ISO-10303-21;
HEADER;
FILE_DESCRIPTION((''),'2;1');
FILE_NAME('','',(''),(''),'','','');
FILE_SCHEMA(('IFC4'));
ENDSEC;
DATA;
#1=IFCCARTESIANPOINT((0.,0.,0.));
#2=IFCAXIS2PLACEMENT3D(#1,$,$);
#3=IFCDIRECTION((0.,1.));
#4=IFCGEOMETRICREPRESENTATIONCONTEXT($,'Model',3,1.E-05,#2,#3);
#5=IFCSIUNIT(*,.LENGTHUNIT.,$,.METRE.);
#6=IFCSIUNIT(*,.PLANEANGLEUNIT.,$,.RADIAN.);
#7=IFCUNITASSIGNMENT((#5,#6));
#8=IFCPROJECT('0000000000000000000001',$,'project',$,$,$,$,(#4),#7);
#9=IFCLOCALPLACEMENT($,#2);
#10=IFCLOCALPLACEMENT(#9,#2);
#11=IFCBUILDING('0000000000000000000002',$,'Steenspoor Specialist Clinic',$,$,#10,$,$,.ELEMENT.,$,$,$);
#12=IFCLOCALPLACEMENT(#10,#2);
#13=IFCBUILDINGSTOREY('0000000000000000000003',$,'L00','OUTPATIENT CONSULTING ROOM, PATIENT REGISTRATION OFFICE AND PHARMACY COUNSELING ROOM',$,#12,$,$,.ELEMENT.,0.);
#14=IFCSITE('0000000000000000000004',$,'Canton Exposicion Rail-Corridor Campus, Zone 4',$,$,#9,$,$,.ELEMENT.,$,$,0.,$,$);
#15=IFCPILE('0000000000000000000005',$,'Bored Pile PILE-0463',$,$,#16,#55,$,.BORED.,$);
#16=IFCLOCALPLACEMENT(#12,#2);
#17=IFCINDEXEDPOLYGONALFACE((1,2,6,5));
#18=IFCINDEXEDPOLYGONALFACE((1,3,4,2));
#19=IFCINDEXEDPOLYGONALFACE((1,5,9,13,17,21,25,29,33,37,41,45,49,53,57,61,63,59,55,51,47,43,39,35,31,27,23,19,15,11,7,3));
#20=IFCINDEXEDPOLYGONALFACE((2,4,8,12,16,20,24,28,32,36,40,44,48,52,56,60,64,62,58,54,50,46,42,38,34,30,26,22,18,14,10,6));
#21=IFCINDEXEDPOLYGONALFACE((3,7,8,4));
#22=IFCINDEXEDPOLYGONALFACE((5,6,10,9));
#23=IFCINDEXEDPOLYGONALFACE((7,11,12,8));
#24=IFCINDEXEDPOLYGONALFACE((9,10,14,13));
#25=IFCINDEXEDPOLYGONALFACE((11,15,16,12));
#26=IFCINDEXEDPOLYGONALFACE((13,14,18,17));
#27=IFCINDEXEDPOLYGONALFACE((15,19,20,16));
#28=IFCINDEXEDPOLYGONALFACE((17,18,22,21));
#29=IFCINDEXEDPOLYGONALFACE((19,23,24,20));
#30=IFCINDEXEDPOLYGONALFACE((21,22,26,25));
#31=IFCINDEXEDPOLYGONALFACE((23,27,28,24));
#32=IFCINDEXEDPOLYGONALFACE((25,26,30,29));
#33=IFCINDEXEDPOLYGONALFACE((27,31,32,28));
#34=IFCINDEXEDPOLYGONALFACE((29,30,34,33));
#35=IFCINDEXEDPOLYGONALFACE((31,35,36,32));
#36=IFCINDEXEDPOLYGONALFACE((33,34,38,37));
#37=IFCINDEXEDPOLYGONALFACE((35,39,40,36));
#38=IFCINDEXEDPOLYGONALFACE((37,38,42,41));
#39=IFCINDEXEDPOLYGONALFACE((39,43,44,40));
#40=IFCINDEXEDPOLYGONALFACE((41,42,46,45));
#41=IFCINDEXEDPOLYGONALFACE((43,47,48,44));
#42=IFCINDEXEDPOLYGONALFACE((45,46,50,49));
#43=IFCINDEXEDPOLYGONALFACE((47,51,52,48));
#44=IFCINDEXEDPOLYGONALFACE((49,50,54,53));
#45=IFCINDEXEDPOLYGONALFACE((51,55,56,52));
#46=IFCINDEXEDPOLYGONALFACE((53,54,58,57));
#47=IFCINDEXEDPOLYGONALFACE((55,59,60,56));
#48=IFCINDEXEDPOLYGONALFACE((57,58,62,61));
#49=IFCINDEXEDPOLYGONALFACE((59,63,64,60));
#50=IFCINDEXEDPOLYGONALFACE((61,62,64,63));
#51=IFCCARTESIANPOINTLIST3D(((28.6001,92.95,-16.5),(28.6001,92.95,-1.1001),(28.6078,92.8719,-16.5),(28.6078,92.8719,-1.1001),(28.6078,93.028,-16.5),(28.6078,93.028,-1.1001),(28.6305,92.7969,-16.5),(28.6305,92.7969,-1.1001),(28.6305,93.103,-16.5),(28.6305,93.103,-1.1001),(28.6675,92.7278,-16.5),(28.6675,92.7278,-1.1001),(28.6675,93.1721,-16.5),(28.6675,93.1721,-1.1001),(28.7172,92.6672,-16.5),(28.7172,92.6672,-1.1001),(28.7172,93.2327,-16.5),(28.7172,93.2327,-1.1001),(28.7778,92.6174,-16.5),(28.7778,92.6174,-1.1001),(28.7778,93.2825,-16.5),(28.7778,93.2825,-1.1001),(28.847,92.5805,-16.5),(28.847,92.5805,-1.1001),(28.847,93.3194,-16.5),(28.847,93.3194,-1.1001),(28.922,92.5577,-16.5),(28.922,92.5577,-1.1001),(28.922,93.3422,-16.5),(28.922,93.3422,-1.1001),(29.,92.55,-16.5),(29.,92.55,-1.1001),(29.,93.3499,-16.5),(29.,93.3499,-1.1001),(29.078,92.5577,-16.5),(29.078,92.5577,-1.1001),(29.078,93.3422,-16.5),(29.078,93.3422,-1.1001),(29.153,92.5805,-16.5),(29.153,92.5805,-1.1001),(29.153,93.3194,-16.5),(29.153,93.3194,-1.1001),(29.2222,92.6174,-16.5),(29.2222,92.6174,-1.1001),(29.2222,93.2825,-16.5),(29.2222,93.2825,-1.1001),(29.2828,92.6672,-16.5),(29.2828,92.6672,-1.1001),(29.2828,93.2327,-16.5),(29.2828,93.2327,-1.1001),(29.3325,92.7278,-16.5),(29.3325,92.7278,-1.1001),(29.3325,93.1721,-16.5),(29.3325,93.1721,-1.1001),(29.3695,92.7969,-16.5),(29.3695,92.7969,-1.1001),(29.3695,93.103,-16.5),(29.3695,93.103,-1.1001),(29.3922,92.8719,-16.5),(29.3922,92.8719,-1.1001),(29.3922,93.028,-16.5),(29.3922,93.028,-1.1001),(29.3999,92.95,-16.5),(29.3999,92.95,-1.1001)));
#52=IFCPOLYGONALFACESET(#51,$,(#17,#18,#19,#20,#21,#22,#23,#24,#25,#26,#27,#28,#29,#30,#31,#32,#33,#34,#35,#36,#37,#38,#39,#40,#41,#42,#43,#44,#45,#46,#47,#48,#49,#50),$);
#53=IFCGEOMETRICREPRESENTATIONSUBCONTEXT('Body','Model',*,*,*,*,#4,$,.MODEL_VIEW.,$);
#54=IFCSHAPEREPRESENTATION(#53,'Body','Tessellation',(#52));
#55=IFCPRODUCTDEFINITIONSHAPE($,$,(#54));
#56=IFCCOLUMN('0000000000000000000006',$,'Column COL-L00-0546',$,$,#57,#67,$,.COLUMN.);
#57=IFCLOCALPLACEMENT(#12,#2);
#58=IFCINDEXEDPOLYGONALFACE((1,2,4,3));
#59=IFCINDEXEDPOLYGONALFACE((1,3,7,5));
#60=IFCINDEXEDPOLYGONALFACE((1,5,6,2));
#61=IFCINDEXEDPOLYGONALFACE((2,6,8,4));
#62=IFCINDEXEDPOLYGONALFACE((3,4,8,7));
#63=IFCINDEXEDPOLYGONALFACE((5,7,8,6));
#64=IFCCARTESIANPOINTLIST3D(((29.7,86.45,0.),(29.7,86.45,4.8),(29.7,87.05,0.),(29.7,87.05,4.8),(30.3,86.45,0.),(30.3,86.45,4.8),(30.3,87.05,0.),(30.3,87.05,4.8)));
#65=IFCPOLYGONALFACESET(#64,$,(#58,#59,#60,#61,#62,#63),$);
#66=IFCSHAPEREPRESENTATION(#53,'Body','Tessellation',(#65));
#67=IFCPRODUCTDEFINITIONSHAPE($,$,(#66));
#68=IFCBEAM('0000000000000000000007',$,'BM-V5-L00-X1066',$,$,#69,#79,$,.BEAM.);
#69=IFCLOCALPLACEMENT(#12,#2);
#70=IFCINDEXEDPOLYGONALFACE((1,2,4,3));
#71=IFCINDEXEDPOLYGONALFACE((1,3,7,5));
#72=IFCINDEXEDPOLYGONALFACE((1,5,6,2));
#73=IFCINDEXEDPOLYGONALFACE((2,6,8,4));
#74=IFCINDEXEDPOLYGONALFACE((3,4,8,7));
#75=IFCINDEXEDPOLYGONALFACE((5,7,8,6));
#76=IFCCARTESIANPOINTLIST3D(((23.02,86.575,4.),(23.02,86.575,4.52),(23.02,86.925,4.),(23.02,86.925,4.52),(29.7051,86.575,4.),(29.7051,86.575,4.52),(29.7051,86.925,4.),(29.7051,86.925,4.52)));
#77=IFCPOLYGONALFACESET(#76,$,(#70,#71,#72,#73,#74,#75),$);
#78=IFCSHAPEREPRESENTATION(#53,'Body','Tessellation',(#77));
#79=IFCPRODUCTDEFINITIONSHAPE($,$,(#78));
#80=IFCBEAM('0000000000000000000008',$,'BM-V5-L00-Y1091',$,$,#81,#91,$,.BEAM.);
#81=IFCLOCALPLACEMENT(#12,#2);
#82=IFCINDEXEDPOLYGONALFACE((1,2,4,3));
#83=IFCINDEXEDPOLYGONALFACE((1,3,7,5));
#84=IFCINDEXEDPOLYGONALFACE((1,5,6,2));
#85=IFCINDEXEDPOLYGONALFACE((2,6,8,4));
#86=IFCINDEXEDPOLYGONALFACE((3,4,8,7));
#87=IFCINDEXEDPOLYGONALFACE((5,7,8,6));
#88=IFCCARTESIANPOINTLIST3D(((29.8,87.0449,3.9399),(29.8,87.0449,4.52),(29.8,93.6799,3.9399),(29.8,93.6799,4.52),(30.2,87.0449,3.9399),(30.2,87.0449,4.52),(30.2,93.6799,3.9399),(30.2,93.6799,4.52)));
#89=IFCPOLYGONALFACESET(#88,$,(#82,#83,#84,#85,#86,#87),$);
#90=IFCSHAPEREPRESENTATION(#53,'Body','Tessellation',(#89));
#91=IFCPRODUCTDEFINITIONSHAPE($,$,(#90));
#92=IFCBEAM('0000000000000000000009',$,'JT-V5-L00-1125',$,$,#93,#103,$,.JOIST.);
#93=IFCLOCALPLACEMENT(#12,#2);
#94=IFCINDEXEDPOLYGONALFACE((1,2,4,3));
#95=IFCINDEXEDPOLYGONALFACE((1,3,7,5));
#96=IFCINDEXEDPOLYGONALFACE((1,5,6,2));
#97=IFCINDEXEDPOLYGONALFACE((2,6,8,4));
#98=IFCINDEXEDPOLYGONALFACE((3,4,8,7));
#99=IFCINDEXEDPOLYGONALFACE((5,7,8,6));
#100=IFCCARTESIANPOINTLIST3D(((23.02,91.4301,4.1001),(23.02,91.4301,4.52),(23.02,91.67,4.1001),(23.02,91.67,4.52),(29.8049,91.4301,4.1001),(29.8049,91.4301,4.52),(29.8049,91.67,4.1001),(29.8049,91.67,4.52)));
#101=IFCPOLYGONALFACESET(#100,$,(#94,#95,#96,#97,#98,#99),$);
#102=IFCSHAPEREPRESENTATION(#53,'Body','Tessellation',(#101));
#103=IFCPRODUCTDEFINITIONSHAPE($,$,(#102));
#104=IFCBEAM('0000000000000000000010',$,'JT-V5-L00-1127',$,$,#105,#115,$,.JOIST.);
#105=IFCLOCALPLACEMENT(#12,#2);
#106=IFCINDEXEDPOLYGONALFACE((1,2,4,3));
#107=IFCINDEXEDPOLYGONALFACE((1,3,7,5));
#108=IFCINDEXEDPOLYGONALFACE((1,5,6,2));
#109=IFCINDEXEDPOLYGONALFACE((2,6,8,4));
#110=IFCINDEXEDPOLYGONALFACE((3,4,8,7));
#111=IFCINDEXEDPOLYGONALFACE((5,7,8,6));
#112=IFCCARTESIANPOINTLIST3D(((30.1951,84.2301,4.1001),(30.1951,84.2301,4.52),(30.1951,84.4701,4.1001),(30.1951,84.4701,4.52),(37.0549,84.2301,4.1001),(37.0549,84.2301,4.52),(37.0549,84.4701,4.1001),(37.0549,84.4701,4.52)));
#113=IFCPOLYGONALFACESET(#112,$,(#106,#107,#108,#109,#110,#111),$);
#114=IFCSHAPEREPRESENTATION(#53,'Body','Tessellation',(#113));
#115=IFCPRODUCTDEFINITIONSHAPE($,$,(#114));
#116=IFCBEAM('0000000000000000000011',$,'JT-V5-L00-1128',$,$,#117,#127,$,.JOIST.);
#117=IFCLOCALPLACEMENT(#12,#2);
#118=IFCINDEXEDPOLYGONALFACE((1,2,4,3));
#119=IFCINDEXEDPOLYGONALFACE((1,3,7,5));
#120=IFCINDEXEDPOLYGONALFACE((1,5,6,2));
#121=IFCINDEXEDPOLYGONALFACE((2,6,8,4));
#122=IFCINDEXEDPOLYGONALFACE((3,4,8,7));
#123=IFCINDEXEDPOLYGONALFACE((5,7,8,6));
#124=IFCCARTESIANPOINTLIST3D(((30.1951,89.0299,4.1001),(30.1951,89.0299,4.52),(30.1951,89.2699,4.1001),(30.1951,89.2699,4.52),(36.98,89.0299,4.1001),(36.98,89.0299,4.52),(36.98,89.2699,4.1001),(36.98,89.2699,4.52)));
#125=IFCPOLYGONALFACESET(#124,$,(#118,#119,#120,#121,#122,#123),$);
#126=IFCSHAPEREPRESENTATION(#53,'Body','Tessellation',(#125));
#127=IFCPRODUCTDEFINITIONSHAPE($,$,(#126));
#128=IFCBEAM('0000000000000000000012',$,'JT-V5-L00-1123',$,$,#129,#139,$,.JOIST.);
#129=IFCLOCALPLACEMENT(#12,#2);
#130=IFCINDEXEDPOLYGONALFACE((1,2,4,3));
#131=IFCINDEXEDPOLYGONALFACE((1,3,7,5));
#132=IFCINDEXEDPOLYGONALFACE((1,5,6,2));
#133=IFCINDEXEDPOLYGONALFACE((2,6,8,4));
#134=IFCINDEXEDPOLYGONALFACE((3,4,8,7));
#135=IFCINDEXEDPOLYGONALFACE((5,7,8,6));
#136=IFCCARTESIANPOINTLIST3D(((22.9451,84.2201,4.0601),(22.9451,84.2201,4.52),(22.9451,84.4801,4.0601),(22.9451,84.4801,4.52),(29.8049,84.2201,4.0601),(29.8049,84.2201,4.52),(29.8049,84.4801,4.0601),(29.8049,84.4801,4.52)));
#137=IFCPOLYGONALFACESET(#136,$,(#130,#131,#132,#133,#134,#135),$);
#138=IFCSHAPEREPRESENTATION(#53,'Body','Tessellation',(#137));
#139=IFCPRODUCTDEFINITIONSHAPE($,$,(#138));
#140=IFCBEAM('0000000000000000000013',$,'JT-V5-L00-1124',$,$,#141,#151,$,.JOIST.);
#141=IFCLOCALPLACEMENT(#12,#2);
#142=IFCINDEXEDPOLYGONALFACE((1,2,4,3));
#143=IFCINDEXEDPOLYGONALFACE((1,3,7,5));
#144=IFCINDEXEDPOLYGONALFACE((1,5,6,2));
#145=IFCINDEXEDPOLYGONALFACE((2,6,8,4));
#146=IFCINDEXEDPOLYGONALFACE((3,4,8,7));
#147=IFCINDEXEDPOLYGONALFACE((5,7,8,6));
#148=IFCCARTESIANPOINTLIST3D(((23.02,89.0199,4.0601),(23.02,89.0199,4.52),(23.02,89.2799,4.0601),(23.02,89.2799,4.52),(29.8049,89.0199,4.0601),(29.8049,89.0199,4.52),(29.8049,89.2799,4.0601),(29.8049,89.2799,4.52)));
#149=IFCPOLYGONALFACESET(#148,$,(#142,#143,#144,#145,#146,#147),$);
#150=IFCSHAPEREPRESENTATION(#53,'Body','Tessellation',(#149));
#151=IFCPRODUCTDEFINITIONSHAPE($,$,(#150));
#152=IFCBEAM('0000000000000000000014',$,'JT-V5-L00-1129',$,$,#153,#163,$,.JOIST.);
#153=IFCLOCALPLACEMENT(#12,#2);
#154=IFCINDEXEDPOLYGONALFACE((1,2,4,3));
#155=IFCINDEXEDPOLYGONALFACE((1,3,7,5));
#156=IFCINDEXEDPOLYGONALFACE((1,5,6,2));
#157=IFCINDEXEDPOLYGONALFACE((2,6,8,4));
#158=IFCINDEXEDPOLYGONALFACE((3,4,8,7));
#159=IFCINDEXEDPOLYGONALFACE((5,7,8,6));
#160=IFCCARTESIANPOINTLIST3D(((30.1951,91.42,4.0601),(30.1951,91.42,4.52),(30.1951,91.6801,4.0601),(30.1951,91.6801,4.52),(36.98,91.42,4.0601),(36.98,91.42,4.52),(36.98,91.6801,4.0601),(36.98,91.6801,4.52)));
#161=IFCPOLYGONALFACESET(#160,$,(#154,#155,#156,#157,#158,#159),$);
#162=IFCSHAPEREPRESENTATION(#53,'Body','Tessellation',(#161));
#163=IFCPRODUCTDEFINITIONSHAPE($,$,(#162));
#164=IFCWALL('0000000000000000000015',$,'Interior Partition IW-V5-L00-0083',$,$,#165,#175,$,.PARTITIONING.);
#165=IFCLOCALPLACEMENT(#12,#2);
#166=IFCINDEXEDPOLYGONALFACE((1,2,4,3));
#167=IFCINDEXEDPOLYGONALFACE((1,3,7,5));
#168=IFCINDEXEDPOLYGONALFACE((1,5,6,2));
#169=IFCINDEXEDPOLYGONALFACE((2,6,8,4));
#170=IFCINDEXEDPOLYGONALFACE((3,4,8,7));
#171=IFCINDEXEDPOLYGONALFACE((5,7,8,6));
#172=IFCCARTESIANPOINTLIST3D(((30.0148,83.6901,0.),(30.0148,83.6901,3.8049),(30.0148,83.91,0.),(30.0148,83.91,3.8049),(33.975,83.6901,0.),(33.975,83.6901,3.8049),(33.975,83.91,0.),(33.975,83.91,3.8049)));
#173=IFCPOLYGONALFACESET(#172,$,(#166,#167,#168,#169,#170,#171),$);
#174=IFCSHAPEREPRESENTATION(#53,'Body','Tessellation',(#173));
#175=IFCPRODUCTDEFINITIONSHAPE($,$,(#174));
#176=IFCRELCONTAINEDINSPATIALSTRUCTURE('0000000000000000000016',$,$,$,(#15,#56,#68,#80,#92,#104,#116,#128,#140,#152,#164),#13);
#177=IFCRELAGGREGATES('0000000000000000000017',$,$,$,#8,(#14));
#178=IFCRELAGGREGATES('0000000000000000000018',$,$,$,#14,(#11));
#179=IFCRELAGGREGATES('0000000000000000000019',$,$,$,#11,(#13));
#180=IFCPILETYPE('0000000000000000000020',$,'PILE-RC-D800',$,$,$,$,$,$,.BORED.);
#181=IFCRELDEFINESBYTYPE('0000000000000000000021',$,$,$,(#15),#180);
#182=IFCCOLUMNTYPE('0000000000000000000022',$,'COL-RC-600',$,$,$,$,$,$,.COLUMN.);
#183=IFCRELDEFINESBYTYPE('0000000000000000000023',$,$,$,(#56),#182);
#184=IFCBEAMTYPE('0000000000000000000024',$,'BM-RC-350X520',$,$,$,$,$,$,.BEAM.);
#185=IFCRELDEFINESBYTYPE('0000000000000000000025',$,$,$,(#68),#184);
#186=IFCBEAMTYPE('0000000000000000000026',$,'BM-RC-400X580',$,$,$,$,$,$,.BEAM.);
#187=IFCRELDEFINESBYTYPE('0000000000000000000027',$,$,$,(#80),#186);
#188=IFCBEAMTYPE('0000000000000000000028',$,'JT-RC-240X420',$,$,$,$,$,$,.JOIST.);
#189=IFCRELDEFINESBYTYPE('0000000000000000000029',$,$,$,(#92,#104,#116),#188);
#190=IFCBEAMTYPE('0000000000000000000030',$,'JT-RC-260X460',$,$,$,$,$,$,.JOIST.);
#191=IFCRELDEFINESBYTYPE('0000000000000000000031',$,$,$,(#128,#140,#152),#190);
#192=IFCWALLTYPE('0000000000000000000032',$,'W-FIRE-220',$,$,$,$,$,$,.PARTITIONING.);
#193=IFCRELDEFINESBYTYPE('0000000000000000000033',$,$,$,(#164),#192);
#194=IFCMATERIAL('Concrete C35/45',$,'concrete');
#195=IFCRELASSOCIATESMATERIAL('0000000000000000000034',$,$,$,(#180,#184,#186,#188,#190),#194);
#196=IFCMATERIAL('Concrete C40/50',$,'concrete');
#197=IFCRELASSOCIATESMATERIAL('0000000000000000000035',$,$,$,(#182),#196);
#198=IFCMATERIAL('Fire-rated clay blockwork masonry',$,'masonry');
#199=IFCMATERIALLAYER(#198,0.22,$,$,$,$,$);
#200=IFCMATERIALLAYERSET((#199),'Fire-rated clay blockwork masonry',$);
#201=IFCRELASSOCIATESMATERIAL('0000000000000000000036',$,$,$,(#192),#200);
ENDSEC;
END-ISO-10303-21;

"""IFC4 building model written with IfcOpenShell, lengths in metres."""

from ifc_helpers import new_model, si_unit, direction, frame, frame_2d, origin, origin_2d, place, context, subcontext, project, spatial, rectangle, circle, extrude, material, layer, layer_set, material_profile, profile_set, type_object, element, save


model = new_model("IFC4")

# Units and contexts
model_context = context("Model", 3, precision=1e-05, world=origin(), true_north=direction((0.0, 1.0)))
body_context = subcontext(model_context, "Body", "Model", "MODEL_VIEW")
ifc_project = project(units=[si_unit("LENGTHUNIT", "METRE"), si_unit("PLANEANGLEUNIT", "RADIAN")], contexts=[model_context])

# Site, building, storey
site_placement = place(None, origin())
site = spatial("IfcSite", under=ifc_project, at=site_placement, Name="Canton Exposicion Rail-Corridor Campus, Zone 4", CompositionType="ELEMENT", RefElevation=0.0)
building_placement = place(site_placement, origin())
building = spatial("IfcBuilding", under=site, at=building_placement, Name="Steenspoor Specialist Clinic", CompositionType="ELEMENT")
storey_placement = place(building_placement, origin())
storey = spatial("IfcBuildingStorey", under=building, at=storey_placement, Name="L00", Description="OUTPATIENT CONSULTING ROOM, PATIENT REGISTRATION OFFICE AND PHARMACY COUNSELING ROOM", CompositionType="ELEMENT", Elevation=0.0)

# Shared definitions
ifc_material_1 = material(Name="Concrete C35/45", Category="concrete")

# Pile
ifc_material_profile_1 = material_profile(ifc_material_1, circle(Radius=0.3999, at=origin_2d()), Name="PILE-D800")
ifc_profile_set_1 = profile_set([ifc_material_profile_1], Name="Concrete C35/45")
pile_type_1 = type_object("IfcPileType", Name="PILE-RC-D800", PredefinedType="BORED", material=ifc_profile_set_1)
for number, where, z_axis, x_axis, name in (
    (1, (29.0, 92.95, -1.1001), (0.0, 0.0, -1.0), (1.0, 0.0, 0.0), "Bored Pile PILE-0463"),
):
    element("IfcPile", number, at=place(storey_placement, frame(where, z_axis=z_axis, x_axis=x_axis)), inside=storey, type_object=pile_type_1, Name=name, PredefinedType="BORED", context=body_context, shape_type="SweptSolid", body=[
        extrude(circle(Radius=0.3999, at=origin_2d()), origin(), (0.0, 0.0, 1.0), 15.3999),
    ])

# Column
ifc_material_2 = material(Name="Concrete C40/50", Category="concrete")
ifc_material_profile_2 = material_profile(ifc_material_2, rectangle(XDim=0.6001, YDim=0.6001, at=origin_2d()), Name="RC-COL-600X600")
ifc_profile_set_2 = profile_set([ifc_material_profile_2], Name="Concrete C40/50")
column_type = type_object("IfcColumnType", Name="COL-RC-600", PredefinedType="COLUMN", material=ifc_profile_set_2)
column_placement = place(storey_placement, frame((30.0, 86.75, 0.0), z_axis=(0.0, 0.0, 1.0), x_axis=(1.0, 0.0, 0.0)))
element("IfcColumn", 2, at=column_placement, inside=storey, type_object=column_type, Name="Column COL-L00-0546", PredefinedType="COLUMN", context=body_context, shape_type="SweptSolid", body=[
    extrude(rectangle(XDim=0.6001, YDim=0.6001, at=origin_2d()), origin(), (0.0, 0.0, 1.0), 4.8),
])

# Beams
ifc_material_profile_3 = material_profile(ifc_material_1, rectangle(XDim=0.3501, YDim=0.52, at=origin_2d()), Name="RC-BM-350X520")
ifc_profile_set_3 = profile_set([ifc_material_profile_3], Name="Concrete C35/45")
beam_type_1 = type_object("IfcBeamType", Name="BM-RC-350X520", PredefinedType="BEAM", material=ifc_profile_set_3)
beam_1_placement = place(storey_placement, frame((23.02, 86.75, 4.26), z_axis=(1.0, 0.0, 0.0), x_axis=(0.0, 1.0, 0.0)))
element("IfcBeam", 3, at=beam_1_placement, inside=storey, type_object=beam_type_1, Name="BM-V5-L00-X1066", PredefinedType="BEAM", context=body_context, shape_type="SweptSolid", body=[
    extrude(rectangle(XDim=0.3501, YDim=0.52, at=origin_2d()), origin(), (0.0, 0.0, 1.0), 6.6851),
])
ifc_material_profile_4 = material_profile(ifc_material_1, rectangle(XDim=0.3999, YDim=0.5801, at=origin_2d()), Name="RC-BM-400X580")
ifc_profile_set_4 = profile_set([ifc_material_profile_4], Name="Concrete C35/45")
beam_type_2 = type_object("IfcBeamType", Name="BM-RC-400X580", PredefinedType="BEAM", material=ifc_profile_set_4)
beam_2_placement = place(storey_placement, frame((30.0, 87.0449, 4.23), z_axis=(0.0, 1.0, 0.0), x_axis=(-1.0, 0.0, 0.0)))
element("IfcBeam", 4, at=beam_2_placement, inside=storey, type_object=beam_type_2, Name="BM-V5-L00-Y1091", PredefinedType="BEAM", context=body_context, shape_type="SweptSolid", body=[
    extrude(rectangle(XDim=0.3999, YDim=0.5801, at=origin_2d()), origin(), (0.0, 0.0, 1.0), 6.635),
])
ifc_material_profile_5 = material_profile(ifc_material_1, rectangle(XDim=0.24, YDim=0.4199, at=origin_2d()), Name="RC-JT-240X420")
ifc_profile_set_5 = profile_set([ifc_material_profile_5], Name="Concrete C35/45")
beam_type_3 = type_object("IfcBeamType", Name="JT-RC-240X420", PredefinedType="JOIST", material=ifc_profile_set_5)
beam_3_placement = place(storey_placement, frame((23.02, 91.55, 4.3101), z_axis=(1.0, 0.0, 0.0), x_axis=(0.0, 1.0, 0.0)))
element("IfcBeam", 5, at=beam_3_placement, inside=storey, type_object=beam_type_3, Name="JT-V5-L00-1125", PredefinedType="JOIST", context=body_context, shape_type="SweptSolid", body=[
    extrude(rectangle(XDim=0.24, YDim=0.4199, at=origin_2d()), origin(), (0.0, 0.0, 1.0), 6.7849),
])
beam_4_placement = place(storey_placement, frame((30.1951, 84.3501, 4.3101), z_axis=(1.0, 0.0, 0.0), x_axis=(0.0, 1.0, 0.0)))
element("IfcBeam", 6, at=beam_4_placement, inside=storey, type_object=beam_type_3, Name="JT-V5-L00-1127", PredefinedType="JOIST", context=body_context, shape_type="SweptSolid", body=[
    extrude(rectangle(XDim=0.24, YDim=0.4199, at=origin_2d()), origin(), (0.0, 0.0, 1.0), 6.8599),
])
beam_5_placement = place(storey_placement, frame((30.1951, 89.1499, 4.3101), z_axis=(1.0, 0.0, 0.0), x_axis=(0.0, 1.0, 0.0)))
element("IfcBeam", 7, at=beam_5_placement, inside=storey, type_object=beam_type_3, Name="JT-V5-L00-1128", PredefinedType="JOIST", context=body_context, shape_type="SweptSolid", body=[
    extrude(rectangle(XDim=0.24, YDim=0.4199, at=origin_2d()), origin(), (0.0, 0.0, 1.0), 6.7849),
])
ifc_material_profile_6 = material_profile(ifc_material_1, rectangle(XDim=0.26, YDim=0.46, at=origin_2d()), Name="RC-JT-260X460")
ifc_profile_set_6 = profile_set([ifc_material_profile_6], Name="Concrete C35/45")
beam_type_4 = type_object("IfcBeamType", Name="JT-RC-260X460", PredefinedType="JOIST", material=ifc_profile_set_6)
beam_6_placement = place(storey_placement, frame((22.9451, 84.3501, 4.29), z_axis=(1.0, 0.0, 0.0), x_axis=(0.0, 1.0, 0.0)))
element("IfcBeam", 8, at=beam_6_placement, inside=storey, type_object=beam_type_4, Name="JT-V5-L00-1123", PredefinedType="JOIST", context=body_context, shape_type="SweptSolid", body=[
    extrude(rectangle(XDim=0.26, YDim=0.46, at=origin_2d()), origin(), (0.0, 0.0, 1.0), 6.8599),
])
for number, where, z_axis, x_axis, name in (
    (9, (23.02, 89.1499, 4.29), (1.0, 0.0, 0.0), (0.0, 1.0, 0.0), "JT-V5-L00-1124"),
    (10, (30.1951, 91.55, 4.29), (1.0, 0.0, 0.0), (0.0, 1.0, 0.0), "JT-V5-L00-1129"),
):
    element("IfcBeam", number, at=place(storey_placement, frame(where, z_axis=z_axis, x_axis=x_axis)), inside=storey, type_object=beam_type_4, Name=name, PredefinedType="JOIST", context=body_context, shape_type="SweptSolid", body=[
        extrude(rectangle(XDim=0.26, YDim=0.46, at=origin_2d()), origin(), (0.0, 0.0, 1.0), 6.7849),
    ])

# Wall
ifc_material_3 = material(Name="Fire-rated clay blockwork masonry", Category="masonry")
ifc_layer_1 = layer(ifc_material_3, 0.22)
ifc_layer_set_1 = layer_set([ifc_layer_1], Name="Fire-rated clay blockwork masonry")
wall_type_1 = type_object("IfcWallType", Name="W-FIRE-220", PredefinedType="PARTITIONING", material=ifc_layer_set_1)
wall_1_placement = place(storey_placement, frame((30.0149, 83.8, 0.0), z_axis=(0.0, 0.0, 1.0), x_axis=(1.0, 0.0, 0.0)))
element("IfcWall", 11, at=wall_1_placement, inside=storey, type_object=wall_type_1, Name="Interior Partition IW-V5-L00-0083", PredefinedType="PARTITIONING", context=body_context, shape_type="SweptSolid", body=[
    extrude(rectangle(XDim=3.9602, YDim=0.22, at=frame_2d((1.98, 0.0))), origin(), (0.0, 0.0, 1.0), 3.8049),
])

save(model, "model.ifc")
